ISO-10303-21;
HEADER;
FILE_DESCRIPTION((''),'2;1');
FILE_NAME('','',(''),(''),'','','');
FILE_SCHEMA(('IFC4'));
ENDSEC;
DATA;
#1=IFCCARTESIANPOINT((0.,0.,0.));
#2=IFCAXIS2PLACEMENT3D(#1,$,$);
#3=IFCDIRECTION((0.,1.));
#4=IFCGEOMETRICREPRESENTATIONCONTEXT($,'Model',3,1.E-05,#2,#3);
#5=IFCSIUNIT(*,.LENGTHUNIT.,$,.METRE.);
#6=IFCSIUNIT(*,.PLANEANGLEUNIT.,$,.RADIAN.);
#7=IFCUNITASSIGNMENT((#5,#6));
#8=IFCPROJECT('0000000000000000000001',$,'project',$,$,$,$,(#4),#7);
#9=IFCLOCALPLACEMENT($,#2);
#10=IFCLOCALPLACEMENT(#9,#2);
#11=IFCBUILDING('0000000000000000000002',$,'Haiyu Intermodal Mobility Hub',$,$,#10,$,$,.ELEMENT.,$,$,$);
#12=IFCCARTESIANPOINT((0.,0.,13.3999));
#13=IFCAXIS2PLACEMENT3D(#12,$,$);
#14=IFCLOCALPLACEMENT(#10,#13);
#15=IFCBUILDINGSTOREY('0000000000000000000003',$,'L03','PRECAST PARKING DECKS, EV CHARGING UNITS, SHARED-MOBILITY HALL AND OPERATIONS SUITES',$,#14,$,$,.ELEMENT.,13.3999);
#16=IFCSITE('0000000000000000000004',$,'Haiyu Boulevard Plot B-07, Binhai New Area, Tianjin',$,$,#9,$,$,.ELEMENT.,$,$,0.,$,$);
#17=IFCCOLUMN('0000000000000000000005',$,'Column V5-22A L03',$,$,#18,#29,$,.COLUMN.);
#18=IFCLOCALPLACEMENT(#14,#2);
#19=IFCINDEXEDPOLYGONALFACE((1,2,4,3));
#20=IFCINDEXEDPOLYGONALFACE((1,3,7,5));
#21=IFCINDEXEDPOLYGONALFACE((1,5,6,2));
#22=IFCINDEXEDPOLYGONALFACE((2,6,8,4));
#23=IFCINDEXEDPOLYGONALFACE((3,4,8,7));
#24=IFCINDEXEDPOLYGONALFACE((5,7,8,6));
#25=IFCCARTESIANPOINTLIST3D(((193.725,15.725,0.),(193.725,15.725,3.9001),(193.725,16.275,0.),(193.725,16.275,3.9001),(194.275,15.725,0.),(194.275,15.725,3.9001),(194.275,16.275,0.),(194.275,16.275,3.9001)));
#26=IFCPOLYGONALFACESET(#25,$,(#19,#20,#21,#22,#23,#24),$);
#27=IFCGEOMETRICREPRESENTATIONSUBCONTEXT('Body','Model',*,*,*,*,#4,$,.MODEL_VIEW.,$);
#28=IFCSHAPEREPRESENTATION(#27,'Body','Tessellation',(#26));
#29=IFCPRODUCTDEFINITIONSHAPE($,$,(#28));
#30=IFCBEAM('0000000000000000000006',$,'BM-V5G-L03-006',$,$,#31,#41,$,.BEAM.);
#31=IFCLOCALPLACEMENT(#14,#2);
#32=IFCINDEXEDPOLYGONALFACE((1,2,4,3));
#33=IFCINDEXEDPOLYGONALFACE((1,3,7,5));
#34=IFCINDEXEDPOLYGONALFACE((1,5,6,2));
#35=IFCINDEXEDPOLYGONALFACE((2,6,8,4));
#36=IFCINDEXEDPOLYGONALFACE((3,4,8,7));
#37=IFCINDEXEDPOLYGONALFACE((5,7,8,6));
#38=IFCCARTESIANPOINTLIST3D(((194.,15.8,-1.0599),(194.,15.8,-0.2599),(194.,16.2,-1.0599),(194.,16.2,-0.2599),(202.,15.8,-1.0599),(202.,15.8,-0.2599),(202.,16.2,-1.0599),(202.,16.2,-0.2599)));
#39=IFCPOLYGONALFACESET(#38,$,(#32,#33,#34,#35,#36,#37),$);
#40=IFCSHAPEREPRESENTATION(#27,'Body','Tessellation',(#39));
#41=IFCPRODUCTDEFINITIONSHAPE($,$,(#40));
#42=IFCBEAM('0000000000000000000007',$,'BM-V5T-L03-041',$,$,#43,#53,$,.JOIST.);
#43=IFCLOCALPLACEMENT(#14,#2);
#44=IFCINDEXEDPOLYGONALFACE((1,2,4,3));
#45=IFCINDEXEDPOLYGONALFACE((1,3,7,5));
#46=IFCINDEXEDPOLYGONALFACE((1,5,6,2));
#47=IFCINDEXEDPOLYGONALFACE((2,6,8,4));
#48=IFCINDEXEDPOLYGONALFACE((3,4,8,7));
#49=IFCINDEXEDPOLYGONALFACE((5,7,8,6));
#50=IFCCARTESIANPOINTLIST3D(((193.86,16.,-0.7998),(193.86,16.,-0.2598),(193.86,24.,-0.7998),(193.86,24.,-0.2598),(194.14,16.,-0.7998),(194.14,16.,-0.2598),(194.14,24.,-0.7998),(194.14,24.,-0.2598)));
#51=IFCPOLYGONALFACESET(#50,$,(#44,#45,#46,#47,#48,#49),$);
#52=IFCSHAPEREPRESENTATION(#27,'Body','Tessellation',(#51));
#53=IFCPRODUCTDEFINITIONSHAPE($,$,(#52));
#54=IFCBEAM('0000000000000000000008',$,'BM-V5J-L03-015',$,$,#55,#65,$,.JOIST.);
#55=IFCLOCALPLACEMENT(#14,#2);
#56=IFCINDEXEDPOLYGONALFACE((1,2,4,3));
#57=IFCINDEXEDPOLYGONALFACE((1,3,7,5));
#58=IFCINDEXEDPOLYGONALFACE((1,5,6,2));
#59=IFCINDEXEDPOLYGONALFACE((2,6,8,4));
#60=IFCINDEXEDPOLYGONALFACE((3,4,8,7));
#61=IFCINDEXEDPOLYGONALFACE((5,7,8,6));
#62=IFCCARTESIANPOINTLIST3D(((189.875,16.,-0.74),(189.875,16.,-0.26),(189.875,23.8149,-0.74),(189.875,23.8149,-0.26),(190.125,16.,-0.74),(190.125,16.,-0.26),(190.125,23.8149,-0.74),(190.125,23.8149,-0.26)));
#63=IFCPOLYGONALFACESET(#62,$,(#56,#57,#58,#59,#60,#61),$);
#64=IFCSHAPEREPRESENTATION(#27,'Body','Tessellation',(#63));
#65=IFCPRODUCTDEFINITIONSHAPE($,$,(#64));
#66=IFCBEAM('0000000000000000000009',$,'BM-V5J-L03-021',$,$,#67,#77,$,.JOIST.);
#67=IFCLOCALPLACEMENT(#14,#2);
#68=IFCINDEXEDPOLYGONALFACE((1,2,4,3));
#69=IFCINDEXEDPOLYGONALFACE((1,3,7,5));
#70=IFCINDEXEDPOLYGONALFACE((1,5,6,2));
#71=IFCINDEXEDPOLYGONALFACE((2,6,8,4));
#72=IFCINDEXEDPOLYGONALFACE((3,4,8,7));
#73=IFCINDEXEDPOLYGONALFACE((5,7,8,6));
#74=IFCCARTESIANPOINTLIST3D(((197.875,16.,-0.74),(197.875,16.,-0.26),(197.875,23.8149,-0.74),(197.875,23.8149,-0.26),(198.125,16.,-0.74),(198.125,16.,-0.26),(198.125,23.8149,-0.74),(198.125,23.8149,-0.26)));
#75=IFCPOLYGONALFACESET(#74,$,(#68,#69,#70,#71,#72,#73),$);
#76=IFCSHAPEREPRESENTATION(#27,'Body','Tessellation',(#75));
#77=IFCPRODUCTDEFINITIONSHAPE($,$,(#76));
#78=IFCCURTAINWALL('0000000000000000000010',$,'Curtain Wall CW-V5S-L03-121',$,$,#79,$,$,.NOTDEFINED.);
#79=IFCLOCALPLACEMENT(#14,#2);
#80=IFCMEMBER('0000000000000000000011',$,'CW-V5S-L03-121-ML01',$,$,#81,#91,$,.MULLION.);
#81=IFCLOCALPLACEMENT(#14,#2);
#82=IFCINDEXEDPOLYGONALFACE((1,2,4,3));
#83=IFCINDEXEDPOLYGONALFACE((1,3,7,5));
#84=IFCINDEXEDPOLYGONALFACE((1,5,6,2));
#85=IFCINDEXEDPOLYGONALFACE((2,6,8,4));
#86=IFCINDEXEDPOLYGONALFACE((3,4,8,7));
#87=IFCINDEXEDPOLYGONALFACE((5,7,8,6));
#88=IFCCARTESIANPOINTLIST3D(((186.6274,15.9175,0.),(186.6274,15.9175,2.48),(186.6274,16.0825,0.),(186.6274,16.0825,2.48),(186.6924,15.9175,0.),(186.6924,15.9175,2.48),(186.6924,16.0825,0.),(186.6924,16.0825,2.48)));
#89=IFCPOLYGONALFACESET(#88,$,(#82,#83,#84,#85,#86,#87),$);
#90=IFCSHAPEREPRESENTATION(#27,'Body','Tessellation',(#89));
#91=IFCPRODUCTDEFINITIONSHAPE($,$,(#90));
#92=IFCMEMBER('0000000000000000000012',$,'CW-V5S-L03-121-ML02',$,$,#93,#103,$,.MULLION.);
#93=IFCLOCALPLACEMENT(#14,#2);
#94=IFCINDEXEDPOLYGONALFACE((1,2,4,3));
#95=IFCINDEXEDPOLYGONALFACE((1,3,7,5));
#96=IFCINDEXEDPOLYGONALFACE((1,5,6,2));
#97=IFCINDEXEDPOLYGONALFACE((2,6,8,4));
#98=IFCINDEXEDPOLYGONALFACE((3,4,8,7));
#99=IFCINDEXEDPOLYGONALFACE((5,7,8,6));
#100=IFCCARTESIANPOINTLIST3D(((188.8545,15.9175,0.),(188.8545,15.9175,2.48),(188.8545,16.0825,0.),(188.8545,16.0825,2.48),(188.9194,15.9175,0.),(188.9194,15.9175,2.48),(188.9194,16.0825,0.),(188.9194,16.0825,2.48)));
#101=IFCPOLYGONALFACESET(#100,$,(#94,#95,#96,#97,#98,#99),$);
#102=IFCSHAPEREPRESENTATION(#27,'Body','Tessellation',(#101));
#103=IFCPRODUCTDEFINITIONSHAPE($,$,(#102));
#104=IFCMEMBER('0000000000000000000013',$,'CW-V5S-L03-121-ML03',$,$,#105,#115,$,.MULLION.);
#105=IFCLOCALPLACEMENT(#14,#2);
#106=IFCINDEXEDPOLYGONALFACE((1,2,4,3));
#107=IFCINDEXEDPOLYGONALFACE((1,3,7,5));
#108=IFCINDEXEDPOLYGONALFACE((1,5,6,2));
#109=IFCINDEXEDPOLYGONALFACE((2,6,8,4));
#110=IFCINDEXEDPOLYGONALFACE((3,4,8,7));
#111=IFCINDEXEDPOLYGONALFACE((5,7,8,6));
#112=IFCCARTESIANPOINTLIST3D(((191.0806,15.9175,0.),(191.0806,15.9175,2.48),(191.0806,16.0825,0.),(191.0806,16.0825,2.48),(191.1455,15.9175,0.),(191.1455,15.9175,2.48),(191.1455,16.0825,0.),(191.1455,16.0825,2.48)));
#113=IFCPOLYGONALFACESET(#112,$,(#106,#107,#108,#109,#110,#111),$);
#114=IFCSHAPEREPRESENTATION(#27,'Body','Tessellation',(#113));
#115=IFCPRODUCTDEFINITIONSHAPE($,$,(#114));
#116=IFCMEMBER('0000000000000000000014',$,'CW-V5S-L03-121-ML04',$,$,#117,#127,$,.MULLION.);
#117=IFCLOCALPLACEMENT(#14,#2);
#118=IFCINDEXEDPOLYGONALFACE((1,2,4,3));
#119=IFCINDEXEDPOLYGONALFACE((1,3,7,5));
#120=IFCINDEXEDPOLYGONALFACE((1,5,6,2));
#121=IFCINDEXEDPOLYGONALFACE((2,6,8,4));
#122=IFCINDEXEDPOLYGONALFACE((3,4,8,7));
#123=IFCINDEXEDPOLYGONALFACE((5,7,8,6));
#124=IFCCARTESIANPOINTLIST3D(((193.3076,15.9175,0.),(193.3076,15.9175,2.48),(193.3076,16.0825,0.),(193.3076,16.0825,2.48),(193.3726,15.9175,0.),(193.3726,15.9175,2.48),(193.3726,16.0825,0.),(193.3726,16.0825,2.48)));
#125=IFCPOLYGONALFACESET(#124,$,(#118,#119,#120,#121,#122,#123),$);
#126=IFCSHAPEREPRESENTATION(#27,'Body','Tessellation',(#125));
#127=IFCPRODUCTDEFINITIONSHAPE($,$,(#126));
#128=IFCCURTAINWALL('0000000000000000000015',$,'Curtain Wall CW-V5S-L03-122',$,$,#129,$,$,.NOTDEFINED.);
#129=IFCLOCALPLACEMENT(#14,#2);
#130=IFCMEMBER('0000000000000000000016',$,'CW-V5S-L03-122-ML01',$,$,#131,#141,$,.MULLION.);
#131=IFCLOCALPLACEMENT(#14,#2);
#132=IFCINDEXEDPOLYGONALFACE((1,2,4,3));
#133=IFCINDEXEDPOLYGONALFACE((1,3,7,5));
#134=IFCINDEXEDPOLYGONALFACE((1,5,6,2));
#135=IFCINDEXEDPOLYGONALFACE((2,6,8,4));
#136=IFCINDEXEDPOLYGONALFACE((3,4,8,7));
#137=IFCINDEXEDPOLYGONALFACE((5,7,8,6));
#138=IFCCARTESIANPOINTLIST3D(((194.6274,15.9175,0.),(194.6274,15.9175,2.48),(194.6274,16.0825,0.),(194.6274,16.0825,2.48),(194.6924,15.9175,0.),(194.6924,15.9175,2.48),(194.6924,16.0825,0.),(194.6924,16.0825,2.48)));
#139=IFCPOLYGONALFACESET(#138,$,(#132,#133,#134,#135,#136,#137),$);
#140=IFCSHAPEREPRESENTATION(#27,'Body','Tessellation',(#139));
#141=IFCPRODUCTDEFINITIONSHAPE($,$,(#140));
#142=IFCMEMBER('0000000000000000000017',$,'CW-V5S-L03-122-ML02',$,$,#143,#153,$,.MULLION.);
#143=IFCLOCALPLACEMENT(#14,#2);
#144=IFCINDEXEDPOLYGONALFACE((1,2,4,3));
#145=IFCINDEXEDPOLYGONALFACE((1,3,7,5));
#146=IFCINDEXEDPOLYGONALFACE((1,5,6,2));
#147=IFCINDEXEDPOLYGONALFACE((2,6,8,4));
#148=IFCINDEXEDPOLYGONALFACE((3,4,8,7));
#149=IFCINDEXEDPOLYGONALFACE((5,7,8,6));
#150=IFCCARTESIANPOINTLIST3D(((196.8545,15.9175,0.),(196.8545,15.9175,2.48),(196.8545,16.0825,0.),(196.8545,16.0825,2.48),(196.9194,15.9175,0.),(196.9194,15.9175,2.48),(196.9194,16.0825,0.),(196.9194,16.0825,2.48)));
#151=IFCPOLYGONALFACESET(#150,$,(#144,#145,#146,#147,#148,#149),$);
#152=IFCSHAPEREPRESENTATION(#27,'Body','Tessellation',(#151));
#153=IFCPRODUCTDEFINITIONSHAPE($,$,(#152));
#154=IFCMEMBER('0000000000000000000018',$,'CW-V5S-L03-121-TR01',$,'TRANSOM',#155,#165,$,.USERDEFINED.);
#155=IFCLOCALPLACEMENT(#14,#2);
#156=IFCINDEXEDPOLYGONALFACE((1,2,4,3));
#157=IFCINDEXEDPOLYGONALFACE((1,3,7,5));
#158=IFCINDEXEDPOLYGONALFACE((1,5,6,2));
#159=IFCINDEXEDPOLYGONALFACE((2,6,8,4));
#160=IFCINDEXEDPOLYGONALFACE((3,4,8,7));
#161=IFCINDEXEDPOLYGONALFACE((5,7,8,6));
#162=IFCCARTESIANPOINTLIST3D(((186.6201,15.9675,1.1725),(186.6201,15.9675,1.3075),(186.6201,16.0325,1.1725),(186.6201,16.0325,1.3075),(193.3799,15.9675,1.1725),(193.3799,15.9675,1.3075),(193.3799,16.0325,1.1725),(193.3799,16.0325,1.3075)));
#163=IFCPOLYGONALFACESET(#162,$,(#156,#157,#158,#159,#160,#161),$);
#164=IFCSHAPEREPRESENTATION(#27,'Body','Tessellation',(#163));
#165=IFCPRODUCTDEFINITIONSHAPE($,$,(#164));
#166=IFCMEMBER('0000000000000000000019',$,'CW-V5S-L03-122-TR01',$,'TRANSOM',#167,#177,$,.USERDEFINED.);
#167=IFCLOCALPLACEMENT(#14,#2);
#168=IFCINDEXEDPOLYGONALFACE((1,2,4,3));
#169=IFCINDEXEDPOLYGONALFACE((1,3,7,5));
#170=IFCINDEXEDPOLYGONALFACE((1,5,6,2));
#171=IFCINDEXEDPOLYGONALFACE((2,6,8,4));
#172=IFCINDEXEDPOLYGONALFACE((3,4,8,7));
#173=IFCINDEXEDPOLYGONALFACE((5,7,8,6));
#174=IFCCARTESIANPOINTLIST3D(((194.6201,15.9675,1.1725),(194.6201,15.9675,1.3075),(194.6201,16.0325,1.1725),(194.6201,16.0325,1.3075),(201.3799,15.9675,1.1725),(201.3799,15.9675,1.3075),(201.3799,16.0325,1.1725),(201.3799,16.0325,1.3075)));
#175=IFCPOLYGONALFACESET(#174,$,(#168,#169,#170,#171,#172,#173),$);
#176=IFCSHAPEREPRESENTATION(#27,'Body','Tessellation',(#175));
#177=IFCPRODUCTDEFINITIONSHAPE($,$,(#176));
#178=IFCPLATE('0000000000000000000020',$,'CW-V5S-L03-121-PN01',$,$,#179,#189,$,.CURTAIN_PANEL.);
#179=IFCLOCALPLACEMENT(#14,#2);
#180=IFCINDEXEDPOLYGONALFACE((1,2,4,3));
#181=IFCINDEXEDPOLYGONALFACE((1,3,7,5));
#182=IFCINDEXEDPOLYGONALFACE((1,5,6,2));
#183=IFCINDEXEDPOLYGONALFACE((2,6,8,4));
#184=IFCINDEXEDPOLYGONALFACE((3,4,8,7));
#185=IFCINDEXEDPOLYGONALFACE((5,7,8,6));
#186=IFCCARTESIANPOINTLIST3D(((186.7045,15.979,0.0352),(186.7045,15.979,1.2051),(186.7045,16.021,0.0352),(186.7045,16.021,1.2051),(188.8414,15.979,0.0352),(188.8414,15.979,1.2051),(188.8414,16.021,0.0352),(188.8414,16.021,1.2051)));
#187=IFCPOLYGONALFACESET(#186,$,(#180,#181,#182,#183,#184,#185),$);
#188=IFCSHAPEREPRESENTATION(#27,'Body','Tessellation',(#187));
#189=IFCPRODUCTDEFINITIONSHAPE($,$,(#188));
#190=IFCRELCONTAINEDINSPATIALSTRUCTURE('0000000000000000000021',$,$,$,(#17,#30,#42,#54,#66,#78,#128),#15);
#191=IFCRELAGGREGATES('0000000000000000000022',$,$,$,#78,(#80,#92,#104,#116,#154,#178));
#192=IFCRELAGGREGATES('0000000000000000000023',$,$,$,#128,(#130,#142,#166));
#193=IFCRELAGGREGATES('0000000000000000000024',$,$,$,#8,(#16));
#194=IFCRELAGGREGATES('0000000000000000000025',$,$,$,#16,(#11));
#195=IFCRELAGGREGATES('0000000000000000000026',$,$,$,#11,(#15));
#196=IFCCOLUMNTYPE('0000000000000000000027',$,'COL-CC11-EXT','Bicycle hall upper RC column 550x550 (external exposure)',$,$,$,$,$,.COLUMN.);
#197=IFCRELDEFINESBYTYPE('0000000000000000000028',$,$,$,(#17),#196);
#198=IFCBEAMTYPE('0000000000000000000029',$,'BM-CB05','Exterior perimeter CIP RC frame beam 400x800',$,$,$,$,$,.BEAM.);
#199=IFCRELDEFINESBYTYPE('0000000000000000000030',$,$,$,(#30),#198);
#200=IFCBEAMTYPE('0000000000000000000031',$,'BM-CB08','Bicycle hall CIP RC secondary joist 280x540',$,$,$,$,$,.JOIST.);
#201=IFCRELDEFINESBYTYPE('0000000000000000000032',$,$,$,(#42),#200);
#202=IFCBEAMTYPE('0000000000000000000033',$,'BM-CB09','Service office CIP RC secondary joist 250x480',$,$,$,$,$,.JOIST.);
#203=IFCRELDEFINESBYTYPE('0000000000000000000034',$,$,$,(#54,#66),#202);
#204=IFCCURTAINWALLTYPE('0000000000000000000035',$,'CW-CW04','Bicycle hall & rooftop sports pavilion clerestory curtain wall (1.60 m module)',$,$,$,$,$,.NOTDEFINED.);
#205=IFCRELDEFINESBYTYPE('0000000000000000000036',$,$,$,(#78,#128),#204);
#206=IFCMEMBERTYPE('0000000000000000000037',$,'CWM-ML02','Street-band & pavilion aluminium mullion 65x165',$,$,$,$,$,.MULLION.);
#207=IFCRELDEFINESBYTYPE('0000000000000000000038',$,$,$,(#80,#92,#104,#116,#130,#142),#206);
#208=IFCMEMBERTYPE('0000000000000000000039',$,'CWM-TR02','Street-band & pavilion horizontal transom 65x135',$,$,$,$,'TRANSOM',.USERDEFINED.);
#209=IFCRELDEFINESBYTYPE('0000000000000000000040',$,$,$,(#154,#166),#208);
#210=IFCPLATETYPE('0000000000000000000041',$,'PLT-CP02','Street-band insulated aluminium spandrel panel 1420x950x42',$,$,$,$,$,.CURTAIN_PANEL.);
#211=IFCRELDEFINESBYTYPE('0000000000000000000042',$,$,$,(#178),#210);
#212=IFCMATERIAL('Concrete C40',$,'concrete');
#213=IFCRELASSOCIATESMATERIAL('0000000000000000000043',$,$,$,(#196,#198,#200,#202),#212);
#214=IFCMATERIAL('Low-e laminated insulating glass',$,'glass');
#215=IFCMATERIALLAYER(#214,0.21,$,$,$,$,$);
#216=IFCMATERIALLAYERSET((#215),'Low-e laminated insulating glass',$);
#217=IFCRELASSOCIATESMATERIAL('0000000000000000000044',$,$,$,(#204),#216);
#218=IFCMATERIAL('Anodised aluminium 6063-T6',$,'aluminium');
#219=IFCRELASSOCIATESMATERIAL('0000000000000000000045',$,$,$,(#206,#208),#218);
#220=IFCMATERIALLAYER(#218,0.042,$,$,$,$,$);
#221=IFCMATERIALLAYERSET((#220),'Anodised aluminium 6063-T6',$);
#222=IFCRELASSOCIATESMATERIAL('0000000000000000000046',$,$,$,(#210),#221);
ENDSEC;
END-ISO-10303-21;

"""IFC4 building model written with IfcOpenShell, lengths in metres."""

from ifc_helpers import new_model, si_unit, direction, frame, origin, origin_2d, place, context, subcontext, project, spatial, rectangle, extrude, material, layer, layer_set, material_profile, profile_set, type_object, element, aggregate, save


model = new_model("IFC4")

# Units and contexts
model_context = context("Model", 3, precision=1e-05, world=origin(), true_north=direction((0.0, 1.0)))
body_context = subcontext(model_context, "Body", "Model", "MODEL_VIEW")
ifc_project = project(units=[si_unit("LENGTHUNIT", "METRE"), si_unit("PLANEANGLEUNIT", "RADIAN")], contexts=[model_context])

# Site, building, storey
site_placement = place(None, origin())
site = spatial("IfcSite", under=ifc_project, at=site_placement, Name="Haiyu Boulevard Plot B-07, Binhai New Area, Tianjin", CompositionType="ELEMENT", RefElevation=0.0)
building_placement = place(site_placement, origin())
building = spatial("IfcBuilding", under=site, at=building_placement, Name="Haiyu Intermodal Mobility Hub", CompositionType="ELEMENT")
storey_placement = place(building_placement, frame((0.0, 0.0, 13.3999)))
storey = spatial("IfcBuildingStorey", under=building, at=storey_placement, Name="L03", Description="PRECAST PARKING DECKS, EV CHARGING UNITS, SHARED-MOBILITY HALL AND OPERATIONS SUITES", CompositionType="ELEMENT", Elevation=13.3999)

# Column
ifc_material_1 = material(Name="Concrete C40", Category="concrete")
ifc_material_profile_1 = material_profile(ifc_material_1, rectangle(XDim=0.55, YDim=0.55, at=origin_2d()), Name="RC550x550")
ifc_profile_set_1 = profile_set([ifc_material_profile_1], Name="Concrete C40")
column_type = type_object("IfcColumnType", Name="COL-CC11-EXT", Description="Bicycle hall upper RC column 550x550 (external exposure)", PredefinedType="COLUMN", material=ifc_profile_set_1)
column_placement = place(storey_placement, frame((194.0, 16.0, 0.0), z_axis=(0.0, 0.0, 1.0), x_axis=(1.0, 0.0, 0.0)))
element("IfcColumn", 1, at=column_placement, inside=storey, type_object=column_type, Name="Column V5-22A L03", PredefinedType="COLUMN", context=body_context, shape_type="SweptSolid", body=[
    extrude(rectangle(XDim=0.55, YDim=0.55, at=origin_2d()), origin(), (0.0, 0.0, 1.0), 3.9001),
])

# Beams
ifc_material_profile_2 = material_profile(ifc_material_1, rectangle(XDim=0.3999, YDim=0.8, at=origin_2d()), Name="RCB400x800")
ifc_profile_set_2 = profile_set([ifc_material_profile_2], Name="Concrete C40")
beam_type_1 = type_object("IfcBeamType", Name="BM-CB05", Description="Exterior perimeter CIP RC frame beam 400x800", PredefinedType="BEAM", material=ifc_profile_set_2)
beam_1_placement = place(storey_placement, frame((194.0, 16.0, -0.6599), z_axis=(1.0, 0.0, 0.0), x_axis=(0.0, 1.0, 0.0)))
element("IfcBeam", 2, at=beam_1_placement, inside=storey, type_object=beam_type_1, Name="BM-V5G-L03-006", PredefinedType="BEAM", context=body_context, shape_type="SweptSolid", body=[
    extrude(rectangle(XDim=0.3999, YDim=0.8, at=origin_2d()), origin(), (0.0, 0.0, 1.0), 8.0),
])
ifc_material_profile_3 = material_profile(ifc_material_1, rectangle(XDim=0.28, YDim=0.54, at=origin_2d()), Name="RCB280x540")
ifc_profile_set_3 = profile_set([ifc_material_profile_3], Name="Concrete C40")
beam_type_2 = type_object("IfcBeamType", Name="BM-CB08", Description="Bicycle hall CIP RC secondary joist 280x540", PredefinedType="JOIST", material=ifc_profile_set_3)
beam_2_placement = place(storey_placement, frame((194.0, 16.0, -0.5298), z_axis=(0.0, 1.0, 0.0), x_axis=(-1.0, 0.0, 0.0)))
element("IfcBeam", 3, at=beam_2_placement, inside=storey, type_object=beam_type_2, Name="BM-V5T-L03-041", PredefinedType="JOIST", context=body_context, shape_type="SweptSolid", body=[
    extrude(rectangle(XDim=0.28, YDim=0.54, at=origin_2d()), origin(), (0.0, 0.0, 1.0), 8.0),
])
ifc_material_profile_4 = material_profile(ifc_material_1, rectangle(XDim=0.25, YDim=0.48, at=origin_2d()), Name="RCB250x480")
ifc_profile_set_4 = profile_set([ifc_material_profile_4], Name="Concrete C40")
beam_type_3 = type_object("IfcBeamType", Name="BM-CB09", Description="Service office CIP RC secondary joist 250x480", PredefinedType="JOIST", material=ifc_profile_set_4)
for number, where, z_axis, x_axis, name in (
    (4, (190.0, 16.0, -0.5), (0.0, 1.0, 0.0), (-1.0, 0.0, 0.0), "BM-V5J-L03-015"),
    (5, (198.0, 16.0, -0.5), (0.0, 1.0, 0.0), (-1.0, 0.0, 0.0), "BM-V5J-L03-021"),
):
    element("IfcBeam", number, at=place(storey_placement, frame(where, z_axis=z_axis, x_axis=x_axis)), inside=storey, type_object=beam_type_3, Name=name, PredefinedType="JOIST", context=body_context, shape_type="SweptSolid", body=[
        extrude(rectangle(XDim=0.25, YDim=0.48, at=origin_2d()), origin(), (0.0, 0.0, 1.0), 7.8149),
    ])

# Curtain walls, members
ifc_material_2 = material(Name="Low-e laminated insulating glass", Category="glass")
ifc_layer_1 = layer(ifc_material_2, 0.21)
ifc_layer_set_1 = layer_set([ifc_layer_1], Name="Low-e laminated insulating glass")
curtain_wall_type = type_object("IfcCurtainWallType", Name="CW-CW04", Description="Bicycle hall & rooftop sports pavilion clerestory curtain wall (1.60 m module)", PredefinedType="NOTDEFINED", material=ifc_layer_set_1)
curtain_wall_1_placement = place(storey_placement, origin())
curtain_wall_1 = element("IfcCurtainWall", 6, at=curtain_wall_1_placement, inside=storey, type_object=curtain_wall_type, Name="Curtain Wall CW-V5S-L03-121", PredefinedType="NOTDEFINED")
ifc_material_3 = material(Name="Anodised aluminium 6063-T6", Category="aluminium")
ifc_material_profile_5 = material_profile(ifc_material_3, rectangle(XDim=0.0649, YDim=0.165, at=origin_2d()), Name="ALU65x165")
ifc_profile_set_5 = profile_set([ifc_material_profile_5], Name="Anodised aluminium 6063-T6")
member_type_1 = type_object("IfcMemberType", Name="CWM-ML02", Description="Street-band & pavilion aluminium mullion 65x165", PredefinedType="MULLION", material=ifc_profile_set_5)
member_1_placement = place(storey_placement, frame((186.6599, 16.0, 0.0), z_axis=(0.0, 0.0, 1.0), x_axis=(1.0, 0.0, 0.0)))
member_1 = element("IfcMember", 7, at=member_1_placement, type_object=member_type_1, Name="CW-V5S-L03-121-ML01", PredefinedType="MULLION", context=body_context, shape_type="SweptSolid", body=[
    extrude(rectangle(XDim=0.0649, YDim=0.165, at=origin_2d()), origin(), (0.0, 0.0, 1.0), 2.48),
])
member_2_placement = place(storey_placement, frame((188.887, 16.0, 0.0), z_axis=(0.0, 0.0, 1.0), x_axis=(1.0, 0.0, 0.0)))
member_2 = element("IfcMember", 8, at=member_2_placement, type_object=member_type_1, Name="CW-V5S-L03-121-ML02", PredefinedType="MULLION", context=body_context, shape_type="SweptSolid", body=[
    extrude(rectangle(XDim=0.0649, YDim=0.165, at=origin_2d()), origin(), (0.0, 0.0, 1.0), 2.48),
])
member_3_placement = place(storey_placement, frame((191.113, 16.0, 0.0), z_axis=(0.0, 0.0, 1.0), x_axis=(1.0, 0.0, 0.0)))
member_3 = element("IfcMember", 9, at=member_3_placement, type_object=member_type_1, Name="CW-V5S-L03-121-ML03", PredefinedType="MULLION", context=body_context, shape_type="SweptSolid", body=[
    extrude(rectangle(XDim=0.0649, YDim=0.165, at=origin_2d()), origin(), (0.0, 0.0, 1.0), 2.48),
])
member_4_placement = place(storey_placement, frame((193.3401, 16.0, 0.0), z_axis=(0.0, 0.0, 1.0), x_axis=(1.0, 0.0, 0.0)))
member_4 = element("IfcMember", 10, at=member_4_placement, type_object=member_type_1, Name="CW-V5S-L03-121-ML04", PredefinedType="MULLION", context=body_context, shape_type="SweptSolid", body=[
    extrude(rectangle(XDim=0.0649, YDim=0.165, at=origin_2d()), origin(), (0.0, 0.0, 1.0), 2.48),
])
curtain_wall_2_placement = place(storey_placement, origin())
curtain_wall_2 = element("IfcCurtainWall", 11, at=curtain_wall_2_placement, inside=storey, type_object=curtain_wall_type, Name="Curtain Wall CW-V5S-L03-122", PredefinedType="NOTDEFINED")
member_5_placement = place(storey_placement, frame((194.6599, 16.0, 0.0), z_axis=(0.0, 0.0, 1.0), x_axis=(1.0, 0.0, 0.0)))
member_5 = element("IfcMember", 12, at=member_5_placement, type_object=member_type_1, Name="CW-V5S-L03-122-ML01", PredefinedType="MULLION", context=body_context, shape_type="SweptSolid", body=[
    extrude(rectangle(XDim=0.0649, YDim=0.165, at=origin_2d()), origin(), (0.0, 0.0, 1.0), 2.48),
])
member_6_placement = place(storey_placement, frame((196.887, 16.0, 0.0), z_axis=(0.0, 0.0, 1.0), x_axis=(1.0, 0.0, 0.0)))
member_6 = element("IfcMember", 13, at=member_6_placement, type_object=member_type_1, Name="CW-V5S-L03-122-ML02", PredefinedType="MULLION", context=body_context, shape_type="SweptSolid", body=[
    extrude(rectangle(XDim=0.0649, YDim=0.165, at=origin_2d()), origin(), (0.0, 0.0, 1.0), 2.48),
])

# Members
ifc_material_profile_6 = material_profile(ifc_material_3, rectangle(XDim=0.0649, YDim=0.135, at=origin_2d()), Name="ALU65x135")
ifc_profile_set_6 = profile_set([ifc_material_profile_6], Name="Anodised aluminium 6063-T6")
member_type_2 = type_object("IfcMemberType", Name="CWM-TR02", Description="Street-band & pavilion horizontal transom 65x135", ElementType="TRANSOM", PredefinedType="USERDEFINED", material=ifc_profile_set_6)
member_7_placement = place(storey_placement, frame((186.6201, 16.0, 1.24), z_axis=(1.0, 0.0, 0.0), x_axis=(0.0, 1.0, 0.0)))
member_7 = element("IfcMember", 14, at=member_7_placement, type_object=member_type_2, Name="CW-V5S-L03-121-TR01", ObjectType="TRANSOM", PredefinedType="USERDEFINED", context=body_context, shape_type="SweptSolid", body=[
    extrude(rectangle(XDim=0.0649, YDim=0.135, at=origin_2d()), origin(), (0.0, 0.0, 1.0), 6.7598),
])
member_8_placement = place(storey_placement, frame((194.6201, 16.0, 1.24), z_axis=(1.0, 0.0, 0.0), x_axis=(0.0, 1.0, 0.0)))
member_8 = element("IfcMember", 15, at=member_8_placement, type_object=member_type_2, Name="CW-V5S-L03-122-TR01", ObjectType="TRANSOM", PredefinedType="USERDEFINED", context=body_context, shape_type="SweptSolid", body=[
    extrude(rectangle(XDim=0.0649, YDim=0.135, at=origin_2d()), origin(), (0.0, 0.0, 1.0), 6.7598),
])

# Plate
ifc_layer_2 = layer(ifc_material_3, 0.042)
ifc_layer_set_2 = layer_set([ifc_layer_2], Name="Anodised aluminium 6063-T6")
plate_type_1 = type_object("IfcPlateType", Name="PLT-CP02", Description="Street-band insulated aluminium spandrel panel 1420x950x42", PredefinedType="CURTAIN_PANEL", material=ifc_layer_set_2)
plate_1_placement = place(storey_placement, frame((187.7729, 16.0, 0.0352), z_axis=(0.0, 0.0, 1.0), x_axis=(1.0, 0.0, 0.0)))
plate_1 = element("IfcPlate", 16, at=plate_1_placement, type_object=plate_type_1, Name="CW-V5S-L03-121-PN01", PredefinedType="CURTAIN_PANEL", context=body_context, shape_type="SweptSolid", body=[
    extrude(rectangle(XDim=2.137, YDim=0.042, at=origin_2d()), origin(), (0.0, 0.0, 1.0), 1.1699),
])
aggregate(curtain_wall_1, [member_1, member_2, member_3, member_4, member_7, plate_1])
aggregate(curtain_wall_2, [member_5, member_6, member_8])

save(model, "model.ifc")
